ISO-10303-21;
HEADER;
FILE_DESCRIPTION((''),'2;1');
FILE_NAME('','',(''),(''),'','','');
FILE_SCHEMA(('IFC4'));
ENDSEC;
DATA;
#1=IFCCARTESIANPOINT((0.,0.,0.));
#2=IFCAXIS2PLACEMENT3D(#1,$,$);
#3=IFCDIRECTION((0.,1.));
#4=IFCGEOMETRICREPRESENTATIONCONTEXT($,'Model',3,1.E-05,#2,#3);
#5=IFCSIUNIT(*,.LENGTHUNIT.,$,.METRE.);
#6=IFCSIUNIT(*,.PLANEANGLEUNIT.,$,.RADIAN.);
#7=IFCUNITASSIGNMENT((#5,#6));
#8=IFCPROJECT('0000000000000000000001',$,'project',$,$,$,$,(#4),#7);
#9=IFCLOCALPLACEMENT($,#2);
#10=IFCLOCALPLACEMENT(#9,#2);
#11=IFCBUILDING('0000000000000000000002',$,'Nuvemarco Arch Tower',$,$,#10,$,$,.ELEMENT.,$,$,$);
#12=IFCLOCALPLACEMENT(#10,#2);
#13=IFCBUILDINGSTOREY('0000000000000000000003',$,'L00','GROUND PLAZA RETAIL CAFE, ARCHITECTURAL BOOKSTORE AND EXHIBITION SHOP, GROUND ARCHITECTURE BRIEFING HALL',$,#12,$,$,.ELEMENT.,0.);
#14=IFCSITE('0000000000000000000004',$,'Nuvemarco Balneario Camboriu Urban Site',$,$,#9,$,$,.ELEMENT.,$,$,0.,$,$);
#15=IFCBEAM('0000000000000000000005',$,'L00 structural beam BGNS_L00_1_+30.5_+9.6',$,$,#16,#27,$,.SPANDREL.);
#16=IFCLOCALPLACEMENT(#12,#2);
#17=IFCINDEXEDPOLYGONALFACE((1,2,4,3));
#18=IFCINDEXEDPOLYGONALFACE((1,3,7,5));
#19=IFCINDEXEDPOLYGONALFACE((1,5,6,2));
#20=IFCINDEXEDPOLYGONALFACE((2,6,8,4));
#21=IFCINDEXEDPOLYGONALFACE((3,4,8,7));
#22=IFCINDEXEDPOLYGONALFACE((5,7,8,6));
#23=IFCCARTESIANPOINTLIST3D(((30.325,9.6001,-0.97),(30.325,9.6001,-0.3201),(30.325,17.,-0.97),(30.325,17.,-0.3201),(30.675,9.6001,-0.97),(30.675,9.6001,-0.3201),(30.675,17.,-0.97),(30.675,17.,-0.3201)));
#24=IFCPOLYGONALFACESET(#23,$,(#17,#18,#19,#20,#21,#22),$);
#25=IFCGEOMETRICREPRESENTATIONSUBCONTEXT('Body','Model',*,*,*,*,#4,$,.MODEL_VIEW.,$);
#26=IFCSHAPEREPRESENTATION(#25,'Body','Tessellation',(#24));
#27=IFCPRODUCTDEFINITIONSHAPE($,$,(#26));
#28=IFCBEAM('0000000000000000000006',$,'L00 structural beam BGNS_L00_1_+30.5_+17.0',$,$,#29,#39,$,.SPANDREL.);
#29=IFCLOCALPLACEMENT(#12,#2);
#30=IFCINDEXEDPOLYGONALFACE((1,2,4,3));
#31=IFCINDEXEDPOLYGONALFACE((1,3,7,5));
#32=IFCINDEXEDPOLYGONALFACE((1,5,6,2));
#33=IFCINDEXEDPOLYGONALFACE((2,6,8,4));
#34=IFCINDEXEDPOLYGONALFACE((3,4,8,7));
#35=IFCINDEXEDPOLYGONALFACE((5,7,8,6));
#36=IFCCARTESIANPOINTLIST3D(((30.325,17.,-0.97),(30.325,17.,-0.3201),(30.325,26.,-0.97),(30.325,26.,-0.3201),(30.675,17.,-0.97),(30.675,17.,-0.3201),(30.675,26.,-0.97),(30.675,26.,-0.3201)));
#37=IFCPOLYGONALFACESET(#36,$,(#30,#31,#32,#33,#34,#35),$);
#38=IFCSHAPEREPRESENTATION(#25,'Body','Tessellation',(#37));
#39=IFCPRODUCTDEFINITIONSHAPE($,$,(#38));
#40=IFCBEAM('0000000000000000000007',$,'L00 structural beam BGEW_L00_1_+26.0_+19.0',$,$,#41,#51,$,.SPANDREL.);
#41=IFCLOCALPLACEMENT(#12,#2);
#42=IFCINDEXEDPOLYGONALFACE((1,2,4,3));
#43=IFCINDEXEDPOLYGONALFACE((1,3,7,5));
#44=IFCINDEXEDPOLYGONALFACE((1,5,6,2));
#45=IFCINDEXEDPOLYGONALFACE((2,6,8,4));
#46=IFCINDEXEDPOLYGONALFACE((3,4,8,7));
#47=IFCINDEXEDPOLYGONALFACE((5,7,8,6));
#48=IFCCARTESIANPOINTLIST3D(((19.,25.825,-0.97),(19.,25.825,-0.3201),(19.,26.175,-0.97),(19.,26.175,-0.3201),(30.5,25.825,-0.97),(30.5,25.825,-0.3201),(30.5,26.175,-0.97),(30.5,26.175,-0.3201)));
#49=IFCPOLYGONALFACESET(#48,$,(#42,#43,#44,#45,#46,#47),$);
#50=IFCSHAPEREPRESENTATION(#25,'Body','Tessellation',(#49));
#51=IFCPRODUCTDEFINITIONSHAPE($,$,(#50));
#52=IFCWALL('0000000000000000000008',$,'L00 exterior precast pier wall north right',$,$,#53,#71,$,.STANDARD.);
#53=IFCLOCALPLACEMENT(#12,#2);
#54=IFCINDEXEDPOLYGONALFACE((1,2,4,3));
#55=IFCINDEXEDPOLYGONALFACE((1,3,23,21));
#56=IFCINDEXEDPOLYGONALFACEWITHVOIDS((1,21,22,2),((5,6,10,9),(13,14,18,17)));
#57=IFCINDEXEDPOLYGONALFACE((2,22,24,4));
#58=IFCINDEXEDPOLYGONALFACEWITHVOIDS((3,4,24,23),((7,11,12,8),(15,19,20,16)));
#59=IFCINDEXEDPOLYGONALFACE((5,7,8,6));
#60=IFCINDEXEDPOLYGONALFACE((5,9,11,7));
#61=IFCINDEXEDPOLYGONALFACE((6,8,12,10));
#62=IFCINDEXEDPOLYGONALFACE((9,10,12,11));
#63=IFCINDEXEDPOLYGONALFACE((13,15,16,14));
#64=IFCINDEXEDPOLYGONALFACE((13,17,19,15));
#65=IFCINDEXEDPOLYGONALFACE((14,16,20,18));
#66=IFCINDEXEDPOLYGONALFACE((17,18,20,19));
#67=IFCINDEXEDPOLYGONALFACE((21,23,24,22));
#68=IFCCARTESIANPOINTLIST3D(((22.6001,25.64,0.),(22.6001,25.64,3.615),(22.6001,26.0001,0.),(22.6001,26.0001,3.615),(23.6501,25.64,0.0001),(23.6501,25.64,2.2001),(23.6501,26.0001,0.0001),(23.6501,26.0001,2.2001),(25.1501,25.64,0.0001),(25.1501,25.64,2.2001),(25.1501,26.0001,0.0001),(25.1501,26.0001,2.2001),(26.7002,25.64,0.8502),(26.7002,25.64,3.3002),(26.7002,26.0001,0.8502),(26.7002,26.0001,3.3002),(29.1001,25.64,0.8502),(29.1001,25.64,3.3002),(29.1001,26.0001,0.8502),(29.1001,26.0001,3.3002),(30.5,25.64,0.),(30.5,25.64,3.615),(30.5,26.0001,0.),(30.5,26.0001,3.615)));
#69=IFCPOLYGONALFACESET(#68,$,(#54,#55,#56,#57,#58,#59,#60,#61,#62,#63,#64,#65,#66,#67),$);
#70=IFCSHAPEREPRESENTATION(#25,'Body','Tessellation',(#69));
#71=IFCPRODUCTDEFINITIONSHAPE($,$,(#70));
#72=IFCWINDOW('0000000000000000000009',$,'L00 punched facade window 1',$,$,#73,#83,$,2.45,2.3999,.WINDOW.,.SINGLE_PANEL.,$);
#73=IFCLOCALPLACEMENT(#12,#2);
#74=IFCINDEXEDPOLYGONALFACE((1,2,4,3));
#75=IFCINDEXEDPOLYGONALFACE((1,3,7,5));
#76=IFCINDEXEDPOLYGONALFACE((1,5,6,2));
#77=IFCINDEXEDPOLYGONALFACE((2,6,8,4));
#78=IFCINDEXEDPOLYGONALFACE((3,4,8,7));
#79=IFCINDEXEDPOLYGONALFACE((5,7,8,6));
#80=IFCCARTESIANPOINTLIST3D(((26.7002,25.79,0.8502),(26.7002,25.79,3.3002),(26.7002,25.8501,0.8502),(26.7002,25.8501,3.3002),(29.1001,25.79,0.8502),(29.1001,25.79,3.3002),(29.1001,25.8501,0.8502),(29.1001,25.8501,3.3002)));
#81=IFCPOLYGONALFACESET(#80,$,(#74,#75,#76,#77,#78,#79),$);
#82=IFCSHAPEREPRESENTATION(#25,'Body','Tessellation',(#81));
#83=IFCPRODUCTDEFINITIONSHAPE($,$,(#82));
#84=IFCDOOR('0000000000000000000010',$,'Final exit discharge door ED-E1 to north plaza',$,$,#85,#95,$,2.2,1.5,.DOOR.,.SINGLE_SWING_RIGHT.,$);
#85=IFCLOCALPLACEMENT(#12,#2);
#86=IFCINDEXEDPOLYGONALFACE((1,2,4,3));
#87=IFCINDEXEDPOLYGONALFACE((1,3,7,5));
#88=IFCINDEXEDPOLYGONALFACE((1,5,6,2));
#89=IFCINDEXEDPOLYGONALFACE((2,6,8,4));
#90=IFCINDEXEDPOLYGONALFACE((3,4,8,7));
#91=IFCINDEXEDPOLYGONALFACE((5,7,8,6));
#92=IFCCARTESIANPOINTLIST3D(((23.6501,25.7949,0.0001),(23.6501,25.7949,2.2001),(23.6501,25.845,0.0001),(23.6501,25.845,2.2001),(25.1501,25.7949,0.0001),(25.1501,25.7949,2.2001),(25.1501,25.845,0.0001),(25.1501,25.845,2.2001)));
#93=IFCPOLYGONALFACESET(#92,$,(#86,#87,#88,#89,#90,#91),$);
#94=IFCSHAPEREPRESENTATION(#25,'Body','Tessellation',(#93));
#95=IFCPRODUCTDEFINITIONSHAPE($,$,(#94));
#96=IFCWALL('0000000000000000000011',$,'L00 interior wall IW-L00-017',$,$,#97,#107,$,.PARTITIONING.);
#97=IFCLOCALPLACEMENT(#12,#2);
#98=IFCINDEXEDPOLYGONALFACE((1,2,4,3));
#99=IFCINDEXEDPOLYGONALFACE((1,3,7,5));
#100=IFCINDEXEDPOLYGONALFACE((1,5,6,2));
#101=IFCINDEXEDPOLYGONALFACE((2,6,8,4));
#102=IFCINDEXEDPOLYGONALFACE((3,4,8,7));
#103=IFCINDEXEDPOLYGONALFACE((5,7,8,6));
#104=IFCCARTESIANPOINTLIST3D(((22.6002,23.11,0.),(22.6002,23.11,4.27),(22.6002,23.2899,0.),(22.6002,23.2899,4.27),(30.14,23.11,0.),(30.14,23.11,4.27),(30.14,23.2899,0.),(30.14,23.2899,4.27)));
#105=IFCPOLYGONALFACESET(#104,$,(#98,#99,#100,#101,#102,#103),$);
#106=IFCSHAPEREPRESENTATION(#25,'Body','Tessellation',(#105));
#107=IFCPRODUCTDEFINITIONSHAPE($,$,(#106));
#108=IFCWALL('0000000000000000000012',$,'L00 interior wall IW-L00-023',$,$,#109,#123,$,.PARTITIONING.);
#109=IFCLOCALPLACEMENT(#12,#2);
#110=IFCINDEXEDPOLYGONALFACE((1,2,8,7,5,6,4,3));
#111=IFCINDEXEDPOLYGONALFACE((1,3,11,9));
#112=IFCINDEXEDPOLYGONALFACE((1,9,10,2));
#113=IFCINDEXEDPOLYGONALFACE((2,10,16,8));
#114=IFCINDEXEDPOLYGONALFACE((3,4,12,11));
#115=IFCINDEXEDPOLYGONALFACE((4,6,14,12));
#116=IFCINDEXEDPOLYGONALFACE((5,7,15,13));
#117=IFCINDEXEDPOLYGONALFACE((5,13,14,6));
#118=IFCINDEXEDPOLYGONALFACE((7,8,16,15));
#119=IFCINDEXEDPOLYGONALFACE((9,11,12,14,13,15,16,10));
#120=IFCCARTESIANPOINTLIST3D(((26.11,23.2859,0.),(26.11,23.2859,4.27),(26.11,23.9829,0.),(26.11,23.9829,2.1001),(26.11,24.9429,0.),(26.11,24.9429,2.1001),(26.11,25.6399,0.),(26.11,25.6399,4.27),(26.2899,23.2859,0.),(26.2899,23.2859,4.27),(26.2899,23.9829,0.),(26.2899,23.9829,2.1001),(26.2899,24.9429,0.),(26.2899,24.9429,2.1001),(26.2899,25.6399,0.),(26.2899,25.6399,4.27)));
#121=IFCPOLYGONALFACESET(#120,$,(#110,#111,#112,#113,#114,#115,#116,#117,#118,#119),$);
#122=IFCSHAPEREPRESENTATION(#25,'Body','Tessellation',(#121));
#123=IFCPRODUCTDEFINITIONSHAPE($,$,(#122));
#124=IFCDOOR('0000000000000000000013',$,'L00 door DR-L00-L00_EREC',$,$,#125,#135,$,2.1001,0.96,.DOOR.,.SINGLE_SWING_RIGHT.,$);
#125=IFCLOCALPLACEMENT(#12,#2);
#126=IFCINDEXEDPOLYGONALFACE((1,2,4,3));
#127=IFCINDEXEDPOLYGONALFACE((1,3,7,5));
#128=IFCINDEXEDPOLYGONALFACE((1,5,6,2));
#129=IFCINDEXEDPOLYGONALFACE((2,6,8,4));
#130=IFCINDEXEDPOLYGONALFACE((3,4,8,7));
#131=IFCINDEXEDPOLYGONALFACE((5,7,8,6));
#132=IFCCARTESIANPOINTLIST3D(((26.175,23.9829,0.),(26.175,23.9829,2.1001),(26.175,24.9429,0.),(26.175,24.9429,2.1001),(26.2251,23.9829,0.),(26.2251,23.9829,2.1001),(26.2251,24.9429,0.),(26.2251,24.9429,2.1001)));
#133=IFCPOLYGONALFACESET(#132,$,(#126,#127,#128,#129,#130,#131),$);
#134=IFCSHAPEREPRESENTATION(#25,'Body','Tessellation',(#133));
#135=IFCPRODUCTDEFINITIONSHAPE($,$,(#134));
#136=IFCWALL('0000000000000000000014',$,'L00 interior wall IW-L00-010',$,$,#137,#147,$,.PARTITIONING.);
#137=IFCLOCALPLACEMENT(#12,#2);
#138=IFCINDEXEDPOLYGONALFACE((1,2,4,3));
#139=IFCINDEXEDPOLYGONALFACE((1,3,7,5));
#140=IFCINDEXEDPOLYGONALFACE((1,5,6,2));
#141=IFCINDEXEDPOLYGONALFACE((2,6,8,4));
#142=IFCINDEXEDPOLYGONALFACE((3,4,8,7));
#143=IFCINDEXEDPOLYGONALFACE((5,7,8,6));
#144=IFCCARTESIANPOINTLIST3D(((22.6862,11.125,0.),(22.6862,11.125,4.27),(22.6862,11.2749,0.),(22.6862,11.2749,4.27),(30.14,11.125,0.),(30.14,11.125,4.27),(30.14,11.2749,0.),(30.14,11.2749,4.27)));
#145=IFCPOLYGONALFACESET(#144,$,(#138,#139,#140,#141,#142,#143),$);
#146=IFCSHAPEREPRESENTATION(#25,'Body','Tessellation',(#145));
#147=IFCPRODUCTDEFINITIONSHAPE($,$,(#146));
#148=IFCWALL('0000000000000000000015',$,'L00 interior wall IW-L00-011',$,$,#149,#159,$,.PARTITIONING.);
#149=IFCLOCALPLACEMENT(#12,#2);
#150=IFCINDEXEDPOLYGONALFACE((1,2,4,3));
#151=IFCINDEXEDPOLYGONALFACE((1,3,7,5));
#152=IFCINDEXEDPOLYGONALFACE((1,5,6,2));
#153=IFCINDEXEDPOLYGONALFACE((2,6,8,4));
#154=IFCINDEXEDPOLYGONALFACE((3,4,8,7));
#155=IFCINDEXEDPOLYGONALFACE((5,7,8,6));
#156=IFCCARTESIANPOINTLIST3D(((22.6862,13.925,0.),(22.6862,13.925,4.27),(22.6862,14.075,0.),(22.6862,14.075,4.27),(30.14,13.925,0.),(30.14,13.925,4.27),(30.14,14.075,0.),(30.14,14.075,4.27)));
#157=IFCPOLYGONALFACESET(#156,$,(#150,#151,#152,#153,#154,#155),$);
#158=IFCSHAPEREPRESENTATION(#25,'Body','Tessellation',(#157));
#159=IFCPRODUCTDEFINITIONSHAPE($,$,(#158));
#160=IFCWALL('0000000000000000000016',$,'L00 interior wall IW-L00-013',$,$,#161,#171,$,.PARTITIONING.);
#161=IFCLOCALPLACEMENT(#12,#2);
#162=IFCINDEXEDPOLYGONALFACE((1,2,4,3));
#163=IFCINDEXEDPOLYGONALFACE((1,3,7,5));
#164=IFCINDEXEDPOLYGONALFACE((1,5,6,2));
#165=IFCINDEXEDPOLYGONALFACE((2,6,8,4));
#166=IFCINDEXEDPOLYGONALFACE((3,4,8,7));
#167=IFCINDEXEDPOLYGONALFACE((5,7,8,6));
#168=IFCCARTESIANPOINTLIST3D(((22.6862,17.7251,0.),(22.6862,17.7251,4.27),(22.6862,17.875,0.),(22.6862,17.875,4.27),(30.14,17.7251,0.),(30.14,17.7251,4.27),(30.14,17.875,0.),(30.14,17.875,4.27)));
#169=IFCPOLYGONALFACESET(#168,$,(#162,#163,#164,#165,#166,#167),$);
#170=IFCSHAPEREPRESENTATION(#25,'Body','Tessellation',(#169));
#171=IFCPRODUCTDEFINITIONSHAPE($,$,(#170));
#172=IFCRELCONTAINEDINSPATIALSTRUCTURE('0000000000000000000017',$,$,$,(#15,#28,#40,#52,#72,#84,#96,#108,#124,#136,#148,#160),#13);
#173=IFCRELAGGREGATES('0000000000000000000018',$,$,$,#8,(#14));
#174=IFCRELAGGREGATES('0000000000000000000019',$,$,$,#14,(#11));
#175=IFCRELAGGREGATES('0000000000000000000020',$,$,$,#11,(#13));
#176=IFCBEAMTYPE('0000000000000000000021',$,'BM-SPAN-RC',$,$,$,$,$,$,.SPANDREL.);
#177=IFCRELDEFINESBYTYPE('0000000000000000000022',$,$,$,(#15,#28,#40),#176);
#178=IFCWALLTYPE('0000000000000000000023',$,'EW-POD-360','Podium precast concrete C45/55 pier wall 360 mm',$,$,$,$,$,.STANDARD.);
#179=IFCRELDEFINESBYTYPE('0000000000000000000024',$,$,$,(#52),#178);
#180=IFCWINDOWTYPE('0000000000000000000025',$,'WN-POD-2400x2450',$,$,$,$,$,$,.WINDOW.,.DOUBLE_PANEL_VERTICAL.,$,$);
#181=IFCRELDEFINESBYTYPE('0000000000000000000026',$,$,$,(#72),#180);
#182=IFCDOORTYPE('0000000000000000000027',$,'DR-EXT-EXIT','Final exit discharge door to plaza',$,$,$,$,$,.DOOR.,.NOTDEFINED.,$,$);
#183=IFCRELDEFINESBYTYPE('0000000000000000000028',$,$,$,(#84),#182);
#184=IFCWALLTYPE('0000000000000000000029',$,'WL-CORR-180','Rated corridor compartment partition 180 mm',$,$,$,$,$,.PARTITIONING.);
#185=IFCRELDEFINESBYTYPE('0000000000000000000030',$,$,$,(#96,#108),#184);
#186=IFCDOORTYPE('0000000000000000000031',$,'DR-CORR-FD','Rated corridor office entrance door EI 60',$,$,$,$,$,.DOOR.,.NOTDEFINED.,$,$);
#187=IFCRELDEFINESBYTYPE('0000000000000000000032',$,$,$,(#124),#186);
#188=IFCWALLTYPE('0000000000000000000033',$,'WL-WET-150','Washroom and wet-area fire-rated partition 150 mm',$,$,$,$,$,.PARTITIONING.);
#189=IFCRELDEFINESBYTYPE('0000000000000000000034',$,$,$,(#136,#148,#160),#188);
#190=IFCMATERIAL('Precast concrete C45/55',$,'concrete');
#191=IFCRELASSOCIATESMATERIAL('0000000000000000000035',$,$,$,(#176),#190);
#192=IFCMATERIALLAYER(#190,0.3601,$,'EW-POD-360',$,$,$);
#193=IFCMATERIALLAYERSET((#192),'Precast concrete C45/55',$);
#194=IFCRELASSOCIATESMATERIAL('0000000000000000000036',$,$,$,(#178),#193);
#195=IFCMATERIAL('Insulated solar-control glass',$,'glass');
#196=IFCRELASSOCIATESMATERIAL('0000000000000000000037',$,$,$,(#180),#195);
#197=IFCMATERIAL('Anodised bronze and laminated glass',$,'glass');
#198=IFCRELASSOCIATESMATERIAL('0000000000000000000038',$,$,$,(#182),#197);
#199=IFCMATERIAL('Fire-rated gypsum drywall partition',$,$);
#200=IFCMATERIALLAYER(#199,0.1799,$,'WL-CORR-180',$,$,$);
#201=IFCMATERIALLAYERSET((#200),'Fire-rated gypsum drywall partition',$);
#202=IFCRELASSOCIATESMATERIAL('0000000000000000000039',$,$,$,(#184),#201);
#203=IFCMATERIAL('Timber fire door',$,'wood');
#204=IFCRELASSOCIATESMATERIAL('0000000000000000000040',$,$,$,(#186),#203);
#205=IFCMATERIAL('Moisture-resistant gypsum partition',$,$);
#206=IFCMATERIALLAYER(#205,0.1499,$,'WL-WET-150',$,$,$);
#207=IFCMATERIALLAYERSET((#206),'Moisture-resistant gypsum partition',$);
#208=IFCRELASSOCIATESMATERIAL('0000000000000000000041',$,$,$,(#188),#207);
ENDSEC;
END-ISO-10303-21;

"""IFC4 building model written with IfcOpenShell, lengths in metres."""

from ifc_helpers import new_model, si_unit, direction, frame, frame_2d, origin, origin_2d, place, context, subcontext, project, spatial, rectangle, extrude, source, transform, mapped, material, layer, layer_set, material_profile, profile_set, type_object, type_shapes, element, fill, save


model = new_model("IFC4")

# Units and contexts
model_context = context("Model", 3, precision=1e-05, world=origin(), true_north=direction((0.0, 1.0)))
body_context = subcontext(model_context, "Body", "Model", "MODEL_VIEW")
ifc_project = project(units=[si_unit("LENGTHUNIT", "METRE"), si_unit("PLANEANGLEUNIT", "RADIAN")], contexts=[model_context])

# Site, building, storey
site_placement = place(None, origin())
site = spatial("IfcSite", under=ifc_project, at=site_placement, Name="Nuvemarco Balneario Camboriu Urban Site", CompositionType="ELEMENT", RefElevation=0.0)
building_placement = place(site_placement, origin())
building = spatial("IfcBuilding", under=site, at=building_placement, Name="Nuvemarco Arch Tower", CompositionType="ELEMENT")
storey_placement = place(building_placement, origin())
storey = spatial("IfcBuildingStorey", under=building, at=storey_placement, Name="L00", Description="GROUND PLAZA RETAIL CAFE, ARCHITECTURAL BOOKSTORE AND EXHIBITION SHOP, GROUND ARCHITECTURE BRIEFING HALL", CompositionType="ELEMENT", Elevation=0.0)

# Beams
ifc_material_1 = material(Name="Precast concrete C45/55", Category="concrete")
ifc_material_profile_1 = material_profile(ifc_material_1, rectangle(XDim=0.3501, YDim=0.6499, at=origin_2d()), Name="PC-SP-350x650")
ifc_profile_set_1 = profile_set([ifc_material_profile_1], Name="Precast concrete C45/55")
beam_type_1 = type_object("IfcBeamType", Name="BM-SPAN-RC", PredefinedType="SPANDREL", material=ifc_profile_set_1)
beam_1_placement = place(storey_placement, frame((30.5, 9.6001, -0.645), z_axis=(0.0, 1.0, 0.0), x_axis=(-1.0, 0.0, 0.0)))
element("IfcBeam", 1, at=beam_1_placement, inside=storey, type_object=beam_type_1, Name="L00 structural beam BGNS_L00_1_+30.5_+9.6", PredefinedType="SPANDREL", context=body_context, shape_type="SweptSolid", body=[
    extrude(rectangle(XDim=0.3501, YDim=0.6499, at=origin_2d()), origin(), (0.0, 0.0, 1.0), 7.3999),
])
beam_2_placement = place(storey_placement, frame((30.5, 17.0, -0.645), z_axis=(0.0, 1.0, 0.0), x_axis=(-1.0, 0.0, 0.0)))
element("IfcBeam", 2, at=beam_2_placement, inside=storey, type_object=beam_type_1, Name="L00 structural beam BGNS_L00_1_+30.5_+17.0", PredefinedType="SPANDREL", context=body_context, shape_type="SweptSolid", body=[
    extrude(rectangle(XDim=0.3501, YDim=0.6499, at=origin_2d()), origin(), (0.0, 0.0, 1.0), 9.0),
])
beam_3_placement = place(storey_placement, frame((19.0, 26.0, -0.645), z_axis=(1.0, 0.0, 0.0), x_axis=(0.0, 1.0, 0.0)))
element("IfcBeam", 3, at=beam_3_placement, inside=storey, type_object=beam_type_1, Name="L00 structural beam BGEW_L00_1_+26.0_+19.0", PredefinedType="SPANDREL", context=body_context, shape_type="SweptSolid", body=[
    extrude(rectangle(XDim=0.3501, YDim=0.6499, at=origin_2d()), origin(), (0.0, 0.0, 1.0), 11.5),
])

# Wall, openings, window, door
ifc_layer_1 = layer(ifc_material_1, 0.3601, Name="EW-POD-360")
ifc_layer_set_1 = layer_set([ifc_layer_1], Name="Precast concrete C45/55")
wall_type_1 = type_object("IfcWallType", Name="EW-POD-360", Description="Podium precast concrete C45/55 pier wall 360 mm", PredefinedType="STANDARD", material=ifc_layer_set_1)
wall_1_placement = place(storey_placement, frame((22.6001, 25.8201, 0.0), z_axis=(0.0, 0.0, 1.0), x_axis=(1.0, 0.0, 0.0)))
wall_1 = element("IfcWall", 4, at=wall_1_placement, inside=storey, type_object=wall_type_1, Name="L00 exterior precast pier wall north right", PredefinedType="STANDARD", context=body_context, shape_type="SweptSolid", body=[
    extrude(rectangle(XDim=7.8999, YDim=0.3601, at=frame_2d((3.95, 0.0))), origin(), (0.0, 0.0, 1.0), 3.615),
])
opening_1_placement = place(wall_1_placement, frame((1.05, 0.0, 0.0)))
opening_1 = element("IfcOpeningElement", 5, at=opening_1_placement, cuts=wall_1, PredefinedType="OPENING", context=body_context, shape_type="SweptSolid", body=[
    extrude(rectangle(XDim=1.5, YDim=2.2, at=frame_2d((0.75, 1.1001))), frame((0.0, 0.1899, 0.0), z_axis=(0.0, -1.0, 0.0), x_axis=(1.0, 0.0, 0.0)), (0.0, 0.0, 1.0), 0.3801),
])
opening_2_placement = place(wall_1_placement, frame((4.1001, 0.0, 0.8501)))
opening_2 = element("IfcOpeningElement", 6, at=opening_2_placement, cuts=wall_1, PredefinedType="OPENING", context=body_context, shape_type="SweptSolid", body=[
    extrude(rectangle(XDim=2.3999, YDim=2.45, at=frame_2d((1.2, 1.2251))), frame((0.0, 0.1899, 0.0), z_axis=(0.0, -1.0, 0.0), x_axis=(1.0, 0.0, 0.0)), (0.0, 0.0, 1.0), 0.3801),
])
ifc_material_2 = material(Name="Insulated solar-control glass", Category="glass")
window_type = type_object("IfcWindowType", Name="WN-POD-2400x2450", PartitioningType="DOUBLE_PANEL_VERTICAL", PredefinedType="WINDOW", material=ifc_material_2)
shared_shape_1 = source(origin(), body_context, "Body", "SweptSolid", [
    extrude(rectangle(XDim=2.3999, YDim=2.45, at=frame_2d((1.2, 1.2251))), frame((0.0, 0.03, 0.0), z_axis=(0.0, -1.0, 0.0), x_axis=(1.0, 0.0, 0.0)), (0.0, 0.0, 1.0), 0.0601),
])
type_shapes(window_type, [shared_shape_1])
window_placement = place(opening_2_placement, origin())
window = element("IfcWindow", 7, at=window_placement, inside=storey, type_object=window_type, Name="L00 punched facade window 1", OverallHeight=2.45, OverallWidth=2.3999, PartitioningType="SINGLE_PANEL", PredefinedType="WINDOW", context=body_context, shape_type="MappedRepresentation", body=[
    mapped(shared_shape_1, transform((0.0, 0.0, 0.0), scale=1.0)),
])
fill(opening_2, window)
ifc_material_3 = material(Name="Anodised bronze and laminated glass", Category="glass")
door_type_1 = type_object("IfcDoorType", Name="DR-EXT-EXIT", Description="Final exit discharge door to plaza", OperationType="NOTDEFINED", PredefinedType="DOOR", material=ifc_material_3)
shared_shape_2 = source(origin(), body_context, "Body", "SweptSolid", [
    extrude(rectangle(XDim=1.5, YDim=2.2, at=frame_2d((0.75, 1.1001))), frame((0.0, 0.0249, 0.0), z_axis=(0.0, -1.0, 0.0), x_axis=(1.0, 0.0, 0.0)), (0.0, 0.0, 1.0), 0.05),
])
type_shapes(door_type_1, [shared_shape_2])
door_1_placement = place(opening_1_placement, origin())
door_1 = element("IfcDoor", 8, at=door_1_placement, inside=storey, type_object=door_type_1, Name="Final exit discharge door ED-E1 to north plaza", OperationType="SINGLE_SWING_RIGHT", OverallHeight=2.2, OverallWidth=1.5, PredefinedType="DOOR", context=body_context, shape_type="MappedRepresentation", body=[
    mapped(shared_shape_2, transform((0.0, 0.0, 0.0), scale=1.0)),
])
fill(opening_1, door_1)

# Wall
ifc_material_4 = material(Name="Fire-rated gypsum drywall partition")
ifc_layer_2 = layer(ifc_material_4, 0.1799, Name="WL-CORR-180")
ifc_layer_set_2 = layer_set([ifc_layer_2], Name="Fire-rated gypsum drywall partition")
wall_type_2 = type_object("IfcWallType", Name="WL-CORR-180", Description="Rated corridor compartment partition 180 mm", PredefinedType="PARTITIONING", material=ifc_layer_set_2)
wall_2_placement = place(storey_placement, frame((22.6001, 23.2, 0.0), z_axis=(0.0, 0.0, 1.0), x_axis=(1.0, 0.0, 0.0)))
element("IfcWall", 9, at=wall_2_placement, inside=storey, type_object=wall_type_2, Name="L00 interior wall IW-L00-017", PredefinedType="PARTITIONING", context=body_context, shape_type="SweptSolid", body=[
    extrude(rectangle(XDim=7.5398, YDim=0.1799, at=frame_2d((3.77, 0.0))), origin(), (0.0, 0.0, 1.0), 4.27),
])

# Wall, opening, door
wall_3_placement = place(storey_placement, frame((26.2, 23.2859, 0.0), z_axis=(0.0, 0.0, 1.0), x_axis=(0.0, 1.0, 0.0)))
wall_3 = element("IfcWall", 10, at=wall_3_placement, inside=storey, type_object=wall_type_2, Name="L00 interior wall IW-L00-023", PredefinedType="PARTITIONING", context=body_context, shape_type="SweptSolid", body=[
    extrude(rectangle(XDim=2.354, YDim=0.1799, at=frame_2d((1.177, 0.0))), origin(), (0.0, 0.0, 1.0), 4.27),
])
opening_3_placement = place(wall_3_placement, frame((0.697, 0.0, 0.0)))
opening_3 = element("IfcOpeningElement", 11, at=opening_3_placement, cuts=wall_3, PredefinedType="OPENING", context=body_context, shape_type="SweptSolid", body=[
    extrude(rectangle(XDim=0.96, YDim=2.1001, at=frame_2d((0.48, 1.05))), frame((0.0, 0.0999, 0.0), z_axis=(0.0, -1.0, 0.0), x_axis=(1.0, 0.0, 0.0)), (0.0, 0.0, 1.0), 0.2),
])
ifc_material_5 = material(Name="Timber fire door", Category="wood")
door_type_2 = type_object("IfcDoorType", Name="DR-CORR-FD", Description="Rated corridor office entrance door EI 60", OperationType="NOTDEFINED", PredefinedType="DOOR", material=ifc_material_5)
shared_shape_3 = source(origin(), body_context, "Body", "SweptSolid", [
    extrude(rectangle(XDim=0.96, YDim=2.1001, at=frame_2d((0.48, 1.05))), frame((0.0, 0.0249, 0.0), z_axis=(0.0, -1.0, 0.0), x_axis=(1.0, 0.0, 0.0)), (0.0, 0.0, 1.0), 0.05),
])
type_shapes(door_type_2, [shared_shape_3])
door_2_placement = place(opening_3_placement, origin())
door_2 = element("IfcDoor", 12, at=door_2_placement, inside=storey, type_object=door_type_2, Name="L00 door DR-L00-L00_EREC", OperationType="SINGLE_SWING_RIGHT", OverallHeight=2.1001, OverallWidth=0.96, PredefinedType="DOOR", context=body_context, shape_type="MappedRepresentation", body=[
    mapped(shared_shape_3, transform((0.0, 0.0, 0.0), scale=1.0)),
])
fill(opening_3, door_2)

# Walls
ifc_material_6 = material(Name="Moisture-resistant gypsum partition")
ifc_layer_3 = layer(ifc_material_6, 0.1499, Name="WL-WET-150")
ifc_layer_set_3 = layer_set([ifc_layer_3], Name="Moisture-resistant gypsum partition")
wall_type_3 = type_object("IfcWallType", Name="WL-WET-150", Description="Washroom and wet-area fire-rated partition 150 mm", PredefinedType="PARTITIONING", material=ifc_layer_set_3)
for number, where, z_axis, x_axis, name in (
    (13, (22.686, 11.2, 0.0), (0.0, 0.0, 1.0), (1.0, 0.0, 0.0), "L00 interior wall IW-L00-010"),
    (14, (22.686, 14.0, 0.0), (0.0, 0.0, 1.0), (1.0, 0.0, 0.0), "L00 interior wall IW-L00-011"),
    (15, (22.686, 17.8, 0.0), (0.0, 0.0, 1.0), (1.0, 0.0, 0.0), "L00 interior wall IW-L00-013"),
):
    element("IfcWall", number, at=place(storey_placement, frame(where, z_axis=z_axis, x_axis=x_axis)), inside=storey, type_object=wall_type_3, Name=name, PredefinedType="PARTITIONING", context=body_context, shape_type="SweptSolid", body=[
        extrude(rectangle(XDim=7.4539, YDim=0.1499, at=frame_2d((3.7271, 0.0))), origin(), (0.0, 0.0, 1.0), 4.27),
    ])

save(model, "model.ifc")
